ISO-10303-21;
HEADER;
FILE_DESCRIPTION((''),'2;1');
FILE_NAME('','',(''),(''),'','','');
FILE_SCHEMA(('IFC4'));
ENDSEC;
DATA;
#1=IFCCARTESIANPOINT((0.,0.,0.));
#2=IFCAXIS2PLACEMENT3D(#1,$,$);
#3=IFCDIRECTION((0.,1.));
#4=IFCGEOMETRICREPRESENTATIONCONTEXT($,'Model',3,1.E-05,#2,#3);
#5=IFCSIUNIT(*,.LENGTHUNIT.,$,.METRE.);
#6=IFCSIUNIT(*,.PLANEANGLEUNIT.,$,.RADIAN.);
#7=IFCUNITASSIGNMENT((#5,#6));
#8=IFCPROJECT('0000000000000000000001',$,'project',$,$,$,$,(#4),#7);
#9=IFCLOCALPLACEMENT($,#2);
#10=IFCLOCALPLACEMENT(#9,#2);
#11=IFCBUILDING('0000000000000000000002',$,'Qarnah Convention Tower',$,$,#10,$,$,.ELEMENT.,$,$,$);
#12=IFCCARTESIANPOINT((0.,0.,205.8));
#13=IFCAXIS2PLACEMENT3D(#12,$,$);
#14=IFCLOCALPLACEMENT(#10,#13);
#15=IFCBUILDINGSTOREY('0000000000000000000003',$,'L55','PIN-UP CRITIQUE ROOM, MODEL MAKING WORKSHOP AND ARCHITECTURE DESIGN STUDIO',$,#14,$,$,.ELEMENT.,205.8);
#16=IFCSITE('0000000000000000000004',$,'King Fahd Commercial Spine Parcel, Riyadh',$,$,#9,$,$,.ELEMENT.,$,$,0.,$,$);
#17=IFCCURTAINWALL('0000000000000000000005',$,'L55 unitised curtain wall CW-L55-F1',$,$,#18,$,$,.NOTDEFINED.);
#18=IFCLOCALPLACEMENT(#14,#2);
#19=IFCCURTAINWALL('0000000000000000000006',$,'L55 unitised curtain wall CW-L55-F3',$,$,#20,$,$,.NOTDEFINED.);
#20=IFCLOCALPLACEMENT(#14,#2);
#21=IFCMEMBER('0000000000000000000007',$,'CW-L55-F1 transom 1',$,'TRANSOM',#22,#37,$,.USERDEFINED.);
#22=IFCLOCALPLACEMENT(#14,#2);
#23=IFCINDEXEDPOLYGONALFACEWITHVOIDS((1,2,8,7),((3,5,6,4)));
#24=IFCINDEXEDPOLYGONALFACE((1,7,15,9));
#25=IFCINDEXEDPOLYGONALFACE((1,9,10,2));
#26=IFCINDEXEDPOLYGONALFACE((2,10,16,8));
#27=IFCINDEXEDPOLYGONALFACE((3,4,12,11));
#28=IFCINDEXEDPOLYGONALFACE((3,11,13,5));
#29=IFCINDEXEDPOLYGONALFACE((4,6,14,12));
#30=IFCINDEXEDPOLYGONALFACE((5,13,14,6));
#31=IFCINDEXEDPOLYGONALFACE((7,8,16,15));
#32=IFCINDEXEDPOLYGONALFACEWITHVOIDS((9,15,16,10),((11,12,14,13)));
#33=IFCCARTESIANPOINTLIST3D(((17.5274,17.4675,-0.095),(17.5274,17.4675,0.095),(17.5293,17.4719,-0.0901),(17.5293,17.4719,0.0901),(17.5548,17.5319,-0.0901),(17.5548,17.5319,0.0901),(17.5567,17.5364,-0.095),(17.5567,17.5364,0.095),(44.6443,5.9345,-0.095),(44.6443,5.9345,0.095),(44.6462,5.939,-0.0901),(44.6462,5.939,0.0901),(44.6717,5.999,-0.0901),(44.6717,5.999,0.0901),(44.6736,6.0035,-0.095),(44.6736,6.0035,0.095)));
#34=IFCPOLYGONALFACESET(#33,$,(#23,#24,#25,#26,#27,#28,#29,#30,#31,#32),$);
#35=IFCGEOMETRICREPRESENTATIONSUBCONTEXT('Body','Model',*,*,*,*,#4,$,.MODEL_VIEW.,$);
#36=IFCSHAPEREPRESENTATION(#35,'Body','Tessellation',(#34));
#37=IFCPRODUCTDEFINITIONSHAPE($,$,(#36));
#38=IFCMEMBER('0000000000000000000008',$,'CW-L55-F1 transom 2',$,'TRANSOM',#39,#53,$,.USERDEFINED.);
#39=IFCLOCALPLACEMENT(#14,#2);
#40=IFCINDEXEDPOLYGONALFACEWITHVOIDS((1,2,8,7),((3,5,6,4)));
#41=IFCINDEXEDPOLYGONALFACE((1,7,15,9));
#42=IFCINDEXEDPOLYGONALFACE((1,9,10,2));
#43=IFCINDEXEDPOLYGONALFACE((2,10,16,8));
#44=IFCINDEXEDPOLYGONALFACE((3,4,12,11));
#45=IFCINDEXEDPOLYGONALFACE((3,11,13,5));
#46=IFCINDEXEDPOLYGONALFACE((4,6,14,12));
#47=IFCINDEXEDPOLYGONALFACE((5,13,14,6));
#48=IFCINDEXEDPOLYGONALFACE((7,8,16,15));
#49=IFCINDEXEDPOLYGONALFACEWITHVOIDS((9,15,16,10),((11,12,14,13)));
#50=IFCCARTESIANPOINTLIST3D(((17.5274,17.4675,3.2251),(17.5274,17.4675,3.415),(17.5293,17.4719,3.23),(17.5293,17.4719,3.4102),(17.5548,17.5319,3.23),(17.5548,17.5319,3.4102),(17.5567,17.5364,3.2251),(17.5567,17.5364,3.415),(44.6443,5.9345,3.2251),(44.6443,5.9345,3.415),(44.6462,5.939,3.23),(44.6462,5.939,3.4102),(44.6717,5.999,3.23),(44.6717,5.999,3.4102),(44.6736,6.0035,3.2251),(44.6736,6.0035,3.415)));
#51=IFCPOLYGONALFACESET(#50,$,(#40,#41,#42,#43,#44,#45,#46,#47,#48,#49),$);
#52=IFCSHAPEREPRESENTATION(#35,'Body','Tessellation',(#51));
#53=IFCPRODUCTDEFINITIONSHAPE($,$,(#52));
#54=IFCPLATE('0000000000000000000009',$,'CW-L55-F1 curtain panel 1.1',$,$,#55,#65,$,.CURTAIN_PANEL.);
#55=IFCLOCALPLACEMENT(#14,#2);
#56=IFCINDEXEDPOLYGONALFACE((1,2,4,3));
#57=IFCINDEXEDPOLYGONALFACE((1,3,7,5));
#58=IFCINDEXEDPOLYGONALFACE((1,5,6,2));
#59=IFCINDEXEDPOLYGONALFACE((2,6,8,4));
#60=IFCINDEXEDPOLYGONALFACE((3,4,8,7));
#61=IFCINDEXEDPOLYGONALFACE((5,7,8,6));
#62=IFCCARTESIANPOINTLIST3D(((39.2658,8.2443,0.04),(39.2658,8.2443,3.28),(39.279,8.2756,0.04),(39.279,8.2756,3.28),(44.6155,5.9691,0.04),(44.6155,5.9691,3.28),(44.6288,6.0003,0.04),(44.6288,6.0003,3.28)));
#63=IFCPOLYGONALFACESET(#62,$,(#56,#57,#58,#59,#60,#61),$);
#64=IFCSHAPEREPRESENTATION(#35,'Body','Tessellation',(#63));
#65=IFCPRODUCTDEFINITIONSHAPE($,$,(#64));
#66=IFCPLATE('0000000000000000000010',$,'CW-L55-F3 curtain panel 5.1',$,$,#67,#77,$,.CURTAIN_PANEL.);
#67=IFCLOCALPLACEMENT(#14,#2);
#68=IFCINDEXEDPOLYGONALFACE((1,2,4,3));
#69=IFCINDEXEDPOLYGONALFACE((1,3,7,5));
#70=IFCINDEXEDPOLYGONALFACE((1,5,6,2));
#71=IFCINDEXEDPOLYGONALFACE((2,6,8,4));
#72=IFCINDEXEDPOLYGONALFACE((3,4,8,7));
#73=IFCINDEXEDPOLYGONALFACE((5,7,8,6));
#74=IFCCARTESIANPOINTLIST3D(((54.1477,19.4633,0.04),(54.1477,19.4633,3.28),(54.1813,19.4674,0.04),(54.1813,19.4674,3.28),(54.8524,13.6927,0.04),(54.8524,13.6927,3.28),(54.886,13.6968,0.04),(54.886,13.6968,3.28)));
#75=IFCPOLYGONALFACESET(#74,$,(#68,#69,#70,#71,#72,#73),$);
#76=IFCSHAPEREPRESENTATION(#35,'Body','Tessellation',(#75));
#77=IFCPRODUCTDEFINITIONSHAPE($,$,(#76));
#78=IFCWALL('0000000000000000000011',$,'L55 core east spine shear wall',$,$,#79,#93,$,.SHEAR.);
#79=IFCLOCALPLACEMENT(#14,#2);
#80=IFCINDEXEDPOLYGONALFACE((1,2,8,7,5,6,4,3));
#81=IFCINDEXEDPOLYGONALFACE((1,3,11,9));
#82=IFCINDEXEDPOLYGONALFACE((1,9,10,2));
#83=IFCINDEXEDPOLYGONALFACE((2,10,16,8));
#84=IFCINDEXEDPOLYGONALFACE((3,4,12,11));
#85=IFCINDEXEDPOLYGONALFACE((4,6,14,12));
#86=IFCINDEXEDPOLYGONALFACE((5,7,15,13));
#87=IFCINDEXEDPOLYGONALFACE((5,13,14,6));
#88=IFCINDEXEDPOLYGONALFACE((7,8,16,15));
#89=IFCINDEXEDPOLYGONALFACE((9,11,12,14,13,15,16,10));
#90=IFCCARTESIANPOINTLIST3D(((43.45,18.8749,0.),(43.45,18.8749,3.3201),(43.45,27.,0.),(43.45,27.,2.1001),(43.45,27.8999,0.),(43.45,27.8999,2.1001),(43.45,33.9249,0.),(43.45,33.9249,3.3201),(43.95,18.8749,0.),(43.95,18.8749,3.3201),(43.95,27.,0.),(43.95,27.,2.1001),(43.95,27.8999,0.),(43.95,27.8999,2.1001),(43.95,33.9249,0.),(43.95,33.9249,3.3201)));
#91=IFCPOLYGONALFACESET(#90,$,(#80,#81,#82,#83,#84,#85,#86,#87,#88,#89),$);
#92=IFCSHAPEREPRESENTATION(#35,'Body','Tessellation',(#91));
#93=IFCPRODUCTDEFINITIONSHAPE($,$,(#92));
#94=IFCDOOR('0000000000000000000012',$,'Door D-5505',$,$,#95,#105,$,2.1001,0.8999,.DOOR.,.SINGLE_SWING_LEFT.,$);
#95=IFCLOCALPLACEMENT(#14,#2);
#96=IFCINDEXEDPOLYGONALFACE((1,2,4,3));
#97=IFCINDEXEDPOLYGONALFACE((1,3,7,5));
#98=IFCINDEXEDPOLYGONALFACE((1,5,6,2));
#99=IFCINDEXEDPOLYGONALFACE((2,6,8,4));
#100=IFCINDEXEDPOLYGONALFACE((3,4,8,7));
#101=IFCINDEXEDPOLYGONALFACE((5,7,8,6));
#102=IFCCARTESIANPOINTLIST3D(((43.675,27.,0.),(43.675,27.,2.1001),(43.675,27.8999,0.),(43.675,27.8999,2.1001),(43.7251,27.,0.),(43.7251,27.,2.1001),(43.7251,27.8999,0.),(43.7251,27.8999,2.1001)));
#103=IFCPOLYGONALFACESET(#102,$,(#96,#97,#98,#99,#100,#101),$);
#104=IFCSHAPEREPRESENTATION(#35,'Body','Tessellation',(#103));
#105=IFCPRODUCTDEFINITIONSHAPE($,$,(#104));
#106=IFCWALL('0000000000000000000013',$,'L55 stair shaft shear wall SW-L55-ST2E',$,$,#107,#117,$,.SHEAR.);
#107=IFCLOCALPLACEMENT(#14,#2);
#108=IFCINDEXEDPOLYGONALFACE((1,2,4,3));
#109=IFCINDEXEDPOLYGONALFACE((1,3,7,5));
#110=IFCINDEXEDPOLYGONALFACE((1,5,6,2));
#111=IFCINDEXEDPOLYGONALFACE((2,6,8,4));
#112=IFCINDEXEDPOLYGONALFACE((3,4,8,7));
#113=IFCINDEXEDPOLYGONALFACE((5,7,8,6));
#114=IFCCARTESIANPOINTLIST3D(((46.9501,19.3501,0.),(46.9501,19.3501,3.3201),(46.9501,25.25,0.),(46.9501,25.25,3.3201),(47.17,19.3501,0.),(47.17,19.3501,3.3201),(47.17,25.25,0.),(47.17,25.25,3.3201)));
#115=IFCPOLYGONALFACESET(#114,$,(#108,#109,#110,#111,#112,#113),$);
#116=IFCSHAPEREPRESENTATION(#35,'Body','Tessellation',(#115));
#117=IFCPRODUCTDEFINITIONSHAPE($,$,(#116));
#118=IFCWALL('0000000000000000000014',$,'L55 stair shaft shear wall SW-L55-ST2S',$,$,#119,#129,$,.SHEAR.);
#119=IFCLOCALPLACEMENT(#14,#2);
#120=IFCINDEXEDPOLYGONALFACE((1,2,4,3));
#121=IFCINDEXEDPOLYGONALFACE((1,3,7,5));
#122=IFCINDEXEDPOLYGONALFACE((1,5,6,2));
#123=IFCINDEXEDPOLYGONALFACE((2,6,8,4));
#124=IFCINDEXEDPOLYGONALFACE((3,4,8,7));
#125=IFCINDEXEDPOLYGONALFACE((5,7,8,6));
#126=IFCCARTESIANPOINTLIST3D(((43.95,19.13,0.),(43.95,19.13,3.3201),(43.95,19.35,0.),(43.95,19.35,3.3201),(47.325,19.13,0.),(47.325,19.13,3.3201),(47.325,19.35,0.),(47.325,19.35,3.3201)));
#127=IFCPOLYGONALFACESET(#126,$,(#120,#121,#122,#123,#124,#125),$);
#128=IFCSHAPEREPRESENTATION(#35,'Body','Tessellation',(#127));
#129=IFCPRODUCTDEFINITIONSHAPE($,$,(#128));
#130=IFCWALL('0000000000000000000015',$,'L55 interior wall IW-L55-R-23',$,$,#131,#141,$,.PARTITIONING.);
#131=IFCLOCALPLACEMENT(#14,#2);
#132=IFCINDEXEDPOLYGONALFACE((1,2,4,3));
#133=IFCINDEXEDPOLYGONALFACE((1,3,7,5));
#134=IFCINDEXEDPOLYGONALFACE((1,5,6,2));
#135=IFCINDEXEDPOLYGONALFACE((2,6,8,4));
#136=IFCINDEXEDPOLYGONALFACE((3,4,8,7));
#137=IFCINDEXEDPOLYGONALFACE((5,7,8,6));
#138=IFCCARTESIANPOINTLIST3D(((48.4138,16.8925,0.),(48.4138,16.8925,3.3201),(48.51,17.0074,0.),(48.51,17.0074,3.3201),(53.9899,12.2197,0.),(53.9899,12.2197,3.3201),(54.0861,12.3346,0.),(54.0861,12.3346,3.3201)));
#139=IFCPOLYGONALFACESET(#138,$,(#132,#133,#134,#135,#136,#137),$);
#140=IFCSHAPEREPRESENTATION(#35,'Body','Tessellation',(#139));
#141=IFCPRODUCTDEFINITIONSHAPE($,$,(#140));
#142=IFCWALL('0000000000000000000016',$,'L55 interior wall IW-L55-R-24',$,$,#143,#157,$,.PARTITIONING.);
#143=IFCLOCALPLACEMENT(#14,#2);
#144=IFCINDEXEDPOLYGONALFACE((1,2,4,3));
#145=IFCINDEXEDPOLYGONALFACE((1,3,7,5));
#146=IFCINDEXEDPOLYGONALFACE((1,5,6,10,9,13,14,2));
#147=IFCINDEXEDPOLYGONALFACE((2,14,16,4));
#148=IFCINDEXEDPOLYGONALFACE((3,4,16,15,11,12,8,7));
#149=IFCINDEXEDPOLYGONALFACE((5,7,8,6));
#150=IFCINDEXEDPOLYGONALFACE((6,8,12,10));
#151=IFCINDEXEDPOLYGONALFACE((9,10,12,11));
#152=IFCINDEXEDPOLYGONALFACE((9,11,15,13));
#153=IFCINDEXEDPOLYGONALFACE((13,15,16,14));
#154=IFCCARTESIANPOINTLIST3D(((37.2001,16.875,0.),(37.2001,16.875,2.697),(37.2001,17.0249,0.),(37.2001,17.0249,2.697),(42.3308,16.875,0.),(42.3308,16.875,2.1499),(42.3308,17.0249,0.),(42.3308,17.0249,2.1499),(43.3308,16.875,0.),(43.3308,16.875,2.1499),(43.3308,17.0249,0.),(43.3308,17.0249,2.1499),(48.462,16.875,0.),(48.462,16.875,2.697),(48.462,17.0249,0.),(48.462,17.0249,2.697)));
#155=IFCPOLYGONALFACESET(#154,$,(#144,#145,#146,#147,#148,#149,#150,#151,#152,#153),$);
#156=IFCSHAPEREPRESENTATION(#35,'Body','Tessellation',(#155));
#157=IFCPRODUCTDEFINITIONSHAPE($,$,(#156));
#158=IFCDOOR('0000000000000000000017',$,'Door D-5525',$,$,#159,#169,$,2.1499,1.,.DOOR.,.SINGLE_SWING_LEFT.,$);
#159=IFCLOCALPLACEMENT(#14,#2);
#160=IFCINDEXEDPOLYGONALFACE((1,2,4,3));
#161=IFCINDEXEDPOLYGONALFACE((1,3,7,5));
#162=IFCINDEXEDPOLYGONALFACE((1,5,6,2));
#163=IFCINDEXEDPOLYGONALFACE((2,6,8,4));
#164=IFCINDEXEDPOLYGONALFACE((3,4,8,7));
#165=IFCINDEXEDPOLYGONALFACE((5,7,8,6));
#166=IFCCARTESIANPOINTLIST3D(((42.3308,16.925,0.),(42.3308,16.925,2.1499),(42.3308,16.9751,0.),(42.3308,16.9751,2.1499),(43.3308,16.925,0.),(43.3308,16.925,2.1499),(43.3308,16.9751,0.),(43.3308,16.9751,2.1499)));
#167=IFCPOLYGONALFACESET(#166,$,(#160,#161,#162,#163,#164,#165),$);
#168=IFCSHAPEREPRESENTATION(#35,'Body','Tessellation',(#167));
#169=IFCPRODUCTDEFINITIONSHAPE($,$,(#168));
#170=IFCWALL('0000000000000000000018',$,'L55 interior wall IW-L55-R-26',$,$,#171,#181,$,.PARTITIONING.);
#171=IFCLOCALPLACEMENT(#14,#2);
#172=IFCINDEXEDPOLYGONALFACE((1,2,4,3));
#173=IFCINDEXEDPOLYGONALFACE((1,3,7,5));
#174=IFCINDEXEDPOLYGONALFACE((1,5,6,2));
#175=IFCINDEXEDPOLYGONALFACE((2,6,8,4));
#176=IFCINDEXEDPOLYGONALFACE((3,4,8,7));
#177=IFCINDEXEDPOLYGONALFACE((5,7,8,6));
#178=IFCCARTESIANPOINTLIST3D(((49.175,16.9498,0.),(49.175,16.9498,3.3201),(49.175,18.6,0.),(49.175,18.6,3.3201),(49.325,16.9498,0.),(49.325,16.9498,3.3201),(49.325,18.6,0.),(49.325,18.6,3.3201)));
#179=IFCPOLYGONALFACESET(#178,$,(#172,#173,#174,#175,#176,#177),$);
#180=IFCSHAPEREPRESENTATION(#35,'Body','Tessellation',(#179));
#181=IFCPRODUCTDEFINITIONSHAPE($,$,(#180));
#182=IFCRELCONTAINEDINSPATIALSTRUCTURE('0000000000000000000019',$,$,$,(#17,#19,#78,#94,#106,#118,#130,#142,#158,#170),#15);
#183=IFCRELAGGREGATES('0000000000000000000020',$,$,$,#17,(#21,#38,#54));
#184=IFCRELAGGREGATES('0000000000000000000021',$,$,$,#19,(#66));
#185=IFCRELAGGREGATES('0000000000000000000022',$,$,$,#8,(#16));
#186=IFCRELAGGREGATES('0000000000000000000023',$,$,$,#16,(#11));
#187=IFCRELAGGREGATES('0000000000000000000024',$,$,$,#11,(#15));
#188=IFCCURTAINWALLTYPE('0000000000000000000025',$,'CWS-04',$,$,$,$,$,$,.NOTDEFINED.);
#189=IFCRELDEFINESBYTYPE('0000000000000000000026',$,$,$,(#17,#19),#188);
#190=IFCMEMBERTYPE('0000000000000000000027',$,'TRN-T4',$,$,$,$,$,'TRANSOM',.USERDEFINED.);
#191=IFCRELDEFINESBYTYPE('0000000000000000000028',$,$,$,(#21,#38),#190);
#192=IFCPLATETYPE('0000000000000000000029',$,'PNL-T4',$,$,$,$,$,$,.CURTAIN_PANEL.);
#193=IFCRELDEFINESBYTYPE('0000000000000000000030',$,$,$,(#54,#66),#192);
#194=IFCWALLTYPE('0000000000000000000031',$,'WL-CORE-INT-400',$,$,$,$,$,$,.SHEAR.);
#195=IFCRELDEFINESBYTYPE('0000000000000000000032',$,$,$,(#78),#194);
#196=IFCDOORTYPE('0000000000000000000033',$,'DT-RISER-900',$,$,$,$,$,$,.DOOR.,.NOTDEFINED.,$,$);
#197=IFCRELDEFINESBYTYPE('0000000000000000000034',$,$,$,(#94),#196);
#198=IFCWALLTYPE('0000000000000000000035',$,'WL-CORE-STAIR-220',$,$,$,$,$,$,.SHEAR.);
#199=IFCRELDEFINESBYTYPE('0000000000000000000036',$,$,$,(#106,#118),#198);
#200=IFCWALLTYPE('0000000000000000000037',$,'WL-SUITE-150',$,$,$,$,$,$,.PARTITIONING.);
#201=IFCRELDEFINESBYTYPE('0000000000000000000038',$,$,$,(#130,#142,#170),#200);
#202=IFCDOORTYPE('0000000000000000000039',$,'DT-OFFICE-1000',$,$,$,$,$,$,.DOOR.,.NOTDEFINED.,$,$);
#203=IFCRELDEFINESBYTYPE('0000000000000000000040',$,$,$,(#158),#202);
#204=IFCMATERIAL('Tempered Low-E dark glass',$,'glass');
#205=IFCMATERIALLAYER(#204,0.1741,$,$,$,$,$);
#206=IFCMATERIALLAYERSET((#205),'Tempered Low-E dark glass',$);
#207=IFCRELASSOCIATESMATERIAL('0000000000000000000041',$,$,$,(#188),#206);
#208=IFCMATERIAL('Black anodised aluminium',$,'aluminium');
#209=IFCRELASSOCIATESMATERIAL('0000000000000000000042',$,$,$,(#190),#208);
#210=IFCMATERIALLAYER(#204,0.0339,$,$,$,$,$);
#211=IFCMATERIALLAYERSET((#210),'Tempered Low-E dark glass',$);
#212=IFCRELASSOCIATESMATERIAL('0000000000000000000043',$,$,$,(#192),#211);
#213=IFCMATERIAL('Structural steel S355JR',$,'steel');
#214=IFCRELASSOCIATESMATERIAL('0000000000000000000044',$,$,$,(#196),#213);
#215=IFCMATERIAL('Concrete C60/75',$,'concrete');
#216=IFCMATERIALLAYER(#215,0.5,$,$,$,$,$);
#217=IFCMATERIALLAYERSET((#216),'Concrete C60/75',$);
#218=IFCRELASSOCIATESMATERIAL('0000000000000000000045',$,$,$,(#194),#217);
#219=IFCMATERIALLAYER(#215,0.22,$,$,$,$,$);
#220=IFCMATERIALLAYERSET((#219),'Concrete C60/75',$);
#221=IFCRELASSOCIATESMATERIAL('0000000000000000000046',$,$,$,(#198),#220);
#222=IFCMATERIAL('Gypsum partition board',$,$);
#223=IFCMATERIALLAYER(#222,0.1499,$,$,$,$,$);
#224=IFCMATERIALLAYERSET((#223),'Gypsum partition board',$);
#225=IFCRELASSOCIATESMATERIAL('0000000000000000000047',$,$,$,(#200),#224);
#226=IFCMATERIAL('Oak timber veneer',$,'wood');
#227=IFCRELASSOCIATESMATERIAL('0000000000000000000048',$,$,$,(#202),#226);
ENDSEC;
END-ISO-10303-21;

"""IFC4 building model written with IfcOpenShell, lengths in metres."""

from ifc_helpers import new_model, si_unit, direction, frame, frame_2d, origin, origin_2d, place, context, subcontext, project, spatial, rectangle, hollow_rectangle, extrude, material, layer, layer_set, material_profile, profile_set, type_object, element, fill, aggregate, save


model = new_model("IFC4")

# Units and contexts
model_context = context("Model", 3, precision=1e-05, world=origin(), true_north=direction((0.0, 1.0)))
body_context = subcontext(model_context, "Body", "Model", "MODEL_VIEW")
ifc_project = project(units=[si_unit("LENGTHUNIT", "METRE"), si_unit("PLANEANGLEUNIT", "RADIAN")], contexts=[model_context])

# Site, building, storey
site_placement = place(None, origin())
site = spatial("IfcSite", under=ifc_project, at=site_placement, Name="King Fahd Commercial Spine Parcel, Riyadh", CompositionType="ELEMENT", RefElevation=0.0)
building_placement = place(site_placement, origin())
building = spatial("IfcBuilding", under=site, at=building_placement, Name="Qarnah Convention Tower", CompositionType="ELEMENT")
storey_placement = place(building_placement, frame((0.0, 0.0, 205.8)))
storey = spatial("IfcBuildingStorey", under=building, at=storey_placement, Name="L55", Description="PIN-UP CRITIQUE ROOM, MODEL MAKING WORKSHOP AND ARCHITECTURE DESIGN STUDIO", CompositionType="ELEMENT", Elevation=205.8)

# Shared definitions
ifc_material_1 = material(Name="Structural steel S355JR", Category="steel")

# Curtain walls
ifc_material_2 = material(Name="Tempered Low-E dark glass", Category="glass")
ifc_layer_1 = layer(ifc_material_2, 0.1741)
ifc_layer_set_1 = layer_set([ifc_layer_1], Name="Tempered Low-E dark glass")
curtain_wall_type = type_object("IfcCurtainWallType", Name="CWS-04", PredefinedType="NOTDEFINED", material=ifc_layer_set_1)
curtain_wall_1_placement = place(storey_placement, origin())
curtain_wall_1 = element("IfcCurtainWall", 1, at=curtain_wall_1_placement, inside=storey, type_object=curtain_wall_type, Name="L55 unitised curtain wall CW-L55-F1", PredefinedType="NOTDEFINED")
ifc_material_3 = material(Name="Black anodised aluminium", Category="aluminium")
curtain_wall_2_placement = place(storey_placement, origin())
curtain_wall_2 = element("IfcCurtainWall", 2, at=curtain_wall_2_placement, inside=storey, type_object=curtain_wall_type, Name="L55 unitised curtain wall CW-L55-F3", PredefinedType="NOTDEFINED")

# Members
ifc_material_profile_1 = material_profile(ifc_material_3, hollow_rectangle(XDim=0.075, YDim=0.1899, WallThickness=0.0049, at=origin_2d()), Name="TRN-75X190")
ifc_profile_set_1 = profile_set([ifc_material_profile_1], Name="Black anodised aluminium")
member_type_1 = type_object("IfcMemberType", Name="TRN-T4", ElementType="TRANSOM", PredefinedType="USERDEFINED", material=ifc_profile_set_1)
member_1_placement = place(storey_placement, frame((44.6589, 5.969, 0.0), z_axis=(-0.92023, 0.391378, 0.0), x_axis=(-0.391378, -0.92023, 0.0)))
member_1 = element("IfcMember", 3, at=member_1_placement, type_object=member_type_1, Name="CW-L55-F1 transom 1", ObjectType="TRANSOM", PredefinedType="USERDEFINED", context=body_context, shape_type="SweptSolid", body=[
    extrude(hollow_rectangle(XDim=0.075, YDim=0.1899, WallThickness=0.0049, at=origin_2d()), origin(), (0.0, 0.0, 1.0), 29.4675),
])
member_2_placement = place(storey_placement, frame((44.6589, 5.969, 3.3201), z_axis=(-0.92023, 0.391378, 0.0), x_axis=(-0.391378, -0.92023, 0.0)))
member_2 = element("IfcMember", 4, at=member_2_placement, type_object=member_type_1, Name="CW-L55-F1 transom 2", ObjectType="TRANSOM", PredefinedType="USERDEFINED", context=body_context, shape_type="SweptSolid", body=[
    extrude(hollow_rectangle(XDim=0.075, YDim=0.1899, WallThickness=0.0049, at=origin_2d()), origin(), (0.0, 0.0, 1.0), 29.4675),
])

# Plates
ifc_layer_2 = layer(ifc_material_2, 0.0339)
ifc_layer_set_2 = layer_set([ifc_layer_2], Name="Tempered Low-E dark glass")
plate_type = type_object("IfcPlateType", Name="PNL-T4", PredefinedType="CURTAIN_PANEL", material=ifc_layer_set_2)
plate_1_placement = place(storey_placement, frame((41.9473, 7.1223, 0.04), z_axis=(0.0, 0.0, 1.0), x_axis=(-0.92023, 0.391378, 0.0)))
plate_1 = element("IfcPlate", 5, at=plate_1_placement, type_object=plate_type, Name="CW-L55-F1 curtain panel 1.1", PredefinedType="CURTAIN_PANEL", context=body_context, shape_type="SweptSolid", body=[
    extrude(rectangle(XDim=5.8135, YDim=0.0339, at=origin_2d()), origin(), (0.0, 0.0, 1.0), 3.24),
])
aggregate(curtain_wall_1, [member_1, member_2, plate_1])
plate_2_placement = place(storey_placement, frame((54.5168, 16.5801, 0.04), z_axis=(0.0, 0.0, 1.0), x_axis=(0.121219, -0.992626, 0.0)))
plate_2 = element("IfcPlate", 6, at=plate_2_placement, type_object=plate_type, Name="CW-L55-F3 curtain panel 5.1", PredefinedType="CURTAIN_PANEL", context=body_context, shape_type="SweptSolid", body=[
    extrude(rectangle(XDim=5.8135, YDim=0.0339, at=origin_2d()), origin(), (0.0, 0.0, 1.0), 3.24),
])
aggregate(curtain_wall_2, [plate_2])

# Shared definitions
ifc_material_4 = material(Name="Concrete C60/75", Category="concrete")
door_type_1 = type_object("IfcDoorType", Name="DT-RISER-900", OperationType="NOTDEFINED", PredefinedType="DOOR", material=ifc_material_1)

# Wall, opening, door
ifc_layer_3 = layer(ifc_material_4, 0.5)
ifc_layer_set_3 = layer_set([ifc_layer_3], Name="Concrete C60/75")
wall_type_1 = type_object("IfcWallType", Name="WL-CORE-INT-400", PredefinedType="SHEAR", material=ifc_layer_set_3)
wall_1_placement = place(storey_placement, frame((43.7, 18.875, 0.0), z_axis=(0.0, 0.0, 1.0), x_axis=(0.0, 1.0, 0.0)))
wall_1 = element("IfcWall", 7, at=wall_1_placement, inside=storey, type_object=wall_type_1, Name="L55 core east spine shear wall", PredefinedType="SHEAR", context=body_context, shape_type="SweptSolid", body=[
    extrude(rectangle(XDim=15.05, YDim=0.5, at=frame_2d((7.5249, 0.0))), origin(), (0.0, 0.0, 1.0), 3.3201),
])
opening_1_placement = place(wall_1_placement, frame((8.125, 0.0, 0.0)))
opening_1 = element("IfcOpeningElement", 8, at=opening_1_placement, cuts=wall_1, PredefinedType="OPENING", context=body_context, shape_type="SweptSolid", body=[
    extrude(rectangle(XDim=0.8999, YDim=2.1001, at=frame_2d((0.45, 1.05))), frame((0.0, 0.26, 0.0), z_axis=(0.0, -1.0, 0.0), x_axis=(1.0, 0.0, 0.0)), (0.0, 0.0, 1.0), 0.52),
])
door_1_placement = place(opening_1_placement, origin())
door_1 = element("IfcDoor", 9, at=door_1_placement, inside=storey, type_object=door_type_1, Name="Door D-5505", OperationType="SINGLE_SWING_LEFT", OverallHeight=2.1001, OverallWidth=0.8999, PredefinedType="DOOR", context=body_context, shape_type="SweptSolid", body=[
    extrude(rectangle(XDim=0.8999, YDim=2.1001, at=frame_2d((0.45, 1.05))), frame((0.0, 0.0249, 0.0), z_axis=(0.0, -1.0, 0.0), x_axis=(1.0, 0.0, 0.0)), (0.0, 0.0, 1.0), 0.05),
])
fill(opening_1, door_1)

# Walls
ifc_layer_4 = layer(ifc_material_4, 0.22)
ifc_layer_set_4 = layer_set([ifc_layer_4], Name="Concrete C60/75")
wall_type_2 = type_object("IfcWallType", Name="WL-CORE-STAIR-220", PredefinedType="SHEAR", material=ifc_layer_set_4)
wall_2_placement = place(storey_placement, frame((47.0601, 19.3501, 0.0), z_axis=(0.0, 0.0, 1.0), x_axis=(0.0, 1.0, 0.0)))
element("IfcWall", 10, at=wall_2_placement, inside=storey, type_object=wall_type_2, Name="L55 stair shaft shear wall SW-L55-ST2E", PredefinedType="SHEAR", context=body_context, shape_type="SweptSolid", body=[
    extrude(rectangle(XDim=5.8999, YDim=0.22, at=frame_2d((2.95, 0.0))), origin(), (0.0, 0.0, 1.0), 3.3201),
])
wall_3_placement = place(storey_placement, frame((43.95, 19.24, 0.0), z_axis=(0.0, 0.0, 1.0), x_axis=(1.0, 0.0, 0.0)))
element("IfcWall", 11, at=wall_3_placement, inside=storey, type_object=wall_type_2, Name="L55 stair shaft shear wall SW-L55-ST2S", PredefinedType="SHEAR", context=body_context, shape_type="SweptSolid", body=[
    extrude(rectangle(XDim=3.375, YDim=0.22, at=frame_2d((1.6875, 0.0))), origin(), (0.0, 0.0, 1.0), 3.3201),
])

# Wall
ifc_material_5 = material(Name="Gypsum partition board")
ifc_layer_5 = layer(ifc_material_5, 0.1499)
ifc_layer_set_5 = layer_set([ifc_layer_5], Name="Gypsum partition board")
wall_type_3 = type_object("IfcWallType", Name="WL-SUITE-150", PredefinedType="PARTITIONING", material=ifc_layer_set_5)
wall_4_placement = place(storey_placement, frame((54.0381, 12.2771, 0.0), z_axis=(0.0, 0.0, 1.0), x_axis=(-0.766458, 0.642294, 0.0)))
element("IfcWall", 12, at=wall_4_placement, inside=storey, type_object=wall_type_3, Name="L55 interior wall IW-L55-R-23", PredefinedType="PARTITIONING", context=body_context, shape_type="SweptSolid", body=[
    extrude(rectangle(XDim=7.2751, YDim=0.1499, at=frame_2d((3.6377, 0.0))), origin(), (0.0, 0.0, 1.0), 3.3201),
])

# Wall, opening, door
wall_5_placement = place(storey_placement, frame((48.4619, 16.95, 0.0), z_axis=(0.0, 0.0, 1.0), x_axis=(-1.0, 0.0, 0.0)))
wall_5 = element("IfcWall", 13, at=wall_5_placement, inside=storey, type_object=wall_type_3, Name="L55 interior wall IW-L55-R-24", PredefinedType="PARTITIONING", context=body_context, shape_type="SweptSolid", body=[
    extrude(rectangle(XDim=11.262, YDim=0.1499, at=frame_2d((5.6309, 0.0))), origin(), (0.0, 0.0, 1.0), 2.697),
])
opening_2_placement = place(wall_5_placement, frame((5.1311, 0.0, 0.0)))
opening_2 = element("IfcOpeningElement", 14, at=opening_2_placement, cuts=wall_5, PredefinedType="OPENING", context=body_context, shape_type="SweptSolid", body=[
    extrude(rectangle(XDim=1.0, YDim=2.1499, at=frame_2d((0.5, 1.075))), frame((0.0, 0.085, 0.0), z_axis=(0.0, -1.0, 0.0), x_axis=(1.0, 0.0, 0.0)), (0.0, 0.0, 1.0), 0.1699),
])
ifc_material_6 = material(Name="Oak timber veneer", Category="wood")
door_type_2 = type_object("IfcDoorType", Name="DT-OFFICE-1000", OperationType="NOTDEFINED", PredefinedType="DOOR", material=ifc_material_6)
door_2_placement = place(opening_2_placement, origin())
door_2 = element("IfcDoor", 15, at=door_2_placement, inside=storey, type_object=door_type_2, Name="Door D-5525", OperationType="SINGLE_SWING_LEFT", OverallHeight=2.1499, OverallWidth=1.0, PredefinedType="DOOR", context=body_context, shape_type="SweptSolid", body=[
    extrude(rectangle(XDim=1.0, YDim=2.1499, at=frame_2d((0.5, 1.075))), frame((0.0, 0.0249, 0.0), z_axis=(0.0, -1.0, 0.0), x_axis=(1.0, 0.0, 0.0)), (0.0, 0.0, 1.0), 0.05),
])
fill(opening_2, door_2)

# Wall
wall_6_placement = place(storey_placement, frame((49.25, 18.6001, 0.0), z_axis=(0.0, 0.0, 1.0), x_axis=(0.0, -1.0, 0.0)))
element("IfcWall", 16, at=wall_6_placement, inside=storey, type_object=wall_type_3, Name="L55 interior wall IW-L55-R-26", PredefinedType="PARTITIONING", context=body_context, shape_type="SweptSolid", body=[
    extrude(rectangle(XDim=1.6501, YDim=0.1499, at=frame_2d((0.8252, 0.0))), origin(), (0.0, 0.0, 1.0), 3.3201),
])

save(model, "model.ifc")
